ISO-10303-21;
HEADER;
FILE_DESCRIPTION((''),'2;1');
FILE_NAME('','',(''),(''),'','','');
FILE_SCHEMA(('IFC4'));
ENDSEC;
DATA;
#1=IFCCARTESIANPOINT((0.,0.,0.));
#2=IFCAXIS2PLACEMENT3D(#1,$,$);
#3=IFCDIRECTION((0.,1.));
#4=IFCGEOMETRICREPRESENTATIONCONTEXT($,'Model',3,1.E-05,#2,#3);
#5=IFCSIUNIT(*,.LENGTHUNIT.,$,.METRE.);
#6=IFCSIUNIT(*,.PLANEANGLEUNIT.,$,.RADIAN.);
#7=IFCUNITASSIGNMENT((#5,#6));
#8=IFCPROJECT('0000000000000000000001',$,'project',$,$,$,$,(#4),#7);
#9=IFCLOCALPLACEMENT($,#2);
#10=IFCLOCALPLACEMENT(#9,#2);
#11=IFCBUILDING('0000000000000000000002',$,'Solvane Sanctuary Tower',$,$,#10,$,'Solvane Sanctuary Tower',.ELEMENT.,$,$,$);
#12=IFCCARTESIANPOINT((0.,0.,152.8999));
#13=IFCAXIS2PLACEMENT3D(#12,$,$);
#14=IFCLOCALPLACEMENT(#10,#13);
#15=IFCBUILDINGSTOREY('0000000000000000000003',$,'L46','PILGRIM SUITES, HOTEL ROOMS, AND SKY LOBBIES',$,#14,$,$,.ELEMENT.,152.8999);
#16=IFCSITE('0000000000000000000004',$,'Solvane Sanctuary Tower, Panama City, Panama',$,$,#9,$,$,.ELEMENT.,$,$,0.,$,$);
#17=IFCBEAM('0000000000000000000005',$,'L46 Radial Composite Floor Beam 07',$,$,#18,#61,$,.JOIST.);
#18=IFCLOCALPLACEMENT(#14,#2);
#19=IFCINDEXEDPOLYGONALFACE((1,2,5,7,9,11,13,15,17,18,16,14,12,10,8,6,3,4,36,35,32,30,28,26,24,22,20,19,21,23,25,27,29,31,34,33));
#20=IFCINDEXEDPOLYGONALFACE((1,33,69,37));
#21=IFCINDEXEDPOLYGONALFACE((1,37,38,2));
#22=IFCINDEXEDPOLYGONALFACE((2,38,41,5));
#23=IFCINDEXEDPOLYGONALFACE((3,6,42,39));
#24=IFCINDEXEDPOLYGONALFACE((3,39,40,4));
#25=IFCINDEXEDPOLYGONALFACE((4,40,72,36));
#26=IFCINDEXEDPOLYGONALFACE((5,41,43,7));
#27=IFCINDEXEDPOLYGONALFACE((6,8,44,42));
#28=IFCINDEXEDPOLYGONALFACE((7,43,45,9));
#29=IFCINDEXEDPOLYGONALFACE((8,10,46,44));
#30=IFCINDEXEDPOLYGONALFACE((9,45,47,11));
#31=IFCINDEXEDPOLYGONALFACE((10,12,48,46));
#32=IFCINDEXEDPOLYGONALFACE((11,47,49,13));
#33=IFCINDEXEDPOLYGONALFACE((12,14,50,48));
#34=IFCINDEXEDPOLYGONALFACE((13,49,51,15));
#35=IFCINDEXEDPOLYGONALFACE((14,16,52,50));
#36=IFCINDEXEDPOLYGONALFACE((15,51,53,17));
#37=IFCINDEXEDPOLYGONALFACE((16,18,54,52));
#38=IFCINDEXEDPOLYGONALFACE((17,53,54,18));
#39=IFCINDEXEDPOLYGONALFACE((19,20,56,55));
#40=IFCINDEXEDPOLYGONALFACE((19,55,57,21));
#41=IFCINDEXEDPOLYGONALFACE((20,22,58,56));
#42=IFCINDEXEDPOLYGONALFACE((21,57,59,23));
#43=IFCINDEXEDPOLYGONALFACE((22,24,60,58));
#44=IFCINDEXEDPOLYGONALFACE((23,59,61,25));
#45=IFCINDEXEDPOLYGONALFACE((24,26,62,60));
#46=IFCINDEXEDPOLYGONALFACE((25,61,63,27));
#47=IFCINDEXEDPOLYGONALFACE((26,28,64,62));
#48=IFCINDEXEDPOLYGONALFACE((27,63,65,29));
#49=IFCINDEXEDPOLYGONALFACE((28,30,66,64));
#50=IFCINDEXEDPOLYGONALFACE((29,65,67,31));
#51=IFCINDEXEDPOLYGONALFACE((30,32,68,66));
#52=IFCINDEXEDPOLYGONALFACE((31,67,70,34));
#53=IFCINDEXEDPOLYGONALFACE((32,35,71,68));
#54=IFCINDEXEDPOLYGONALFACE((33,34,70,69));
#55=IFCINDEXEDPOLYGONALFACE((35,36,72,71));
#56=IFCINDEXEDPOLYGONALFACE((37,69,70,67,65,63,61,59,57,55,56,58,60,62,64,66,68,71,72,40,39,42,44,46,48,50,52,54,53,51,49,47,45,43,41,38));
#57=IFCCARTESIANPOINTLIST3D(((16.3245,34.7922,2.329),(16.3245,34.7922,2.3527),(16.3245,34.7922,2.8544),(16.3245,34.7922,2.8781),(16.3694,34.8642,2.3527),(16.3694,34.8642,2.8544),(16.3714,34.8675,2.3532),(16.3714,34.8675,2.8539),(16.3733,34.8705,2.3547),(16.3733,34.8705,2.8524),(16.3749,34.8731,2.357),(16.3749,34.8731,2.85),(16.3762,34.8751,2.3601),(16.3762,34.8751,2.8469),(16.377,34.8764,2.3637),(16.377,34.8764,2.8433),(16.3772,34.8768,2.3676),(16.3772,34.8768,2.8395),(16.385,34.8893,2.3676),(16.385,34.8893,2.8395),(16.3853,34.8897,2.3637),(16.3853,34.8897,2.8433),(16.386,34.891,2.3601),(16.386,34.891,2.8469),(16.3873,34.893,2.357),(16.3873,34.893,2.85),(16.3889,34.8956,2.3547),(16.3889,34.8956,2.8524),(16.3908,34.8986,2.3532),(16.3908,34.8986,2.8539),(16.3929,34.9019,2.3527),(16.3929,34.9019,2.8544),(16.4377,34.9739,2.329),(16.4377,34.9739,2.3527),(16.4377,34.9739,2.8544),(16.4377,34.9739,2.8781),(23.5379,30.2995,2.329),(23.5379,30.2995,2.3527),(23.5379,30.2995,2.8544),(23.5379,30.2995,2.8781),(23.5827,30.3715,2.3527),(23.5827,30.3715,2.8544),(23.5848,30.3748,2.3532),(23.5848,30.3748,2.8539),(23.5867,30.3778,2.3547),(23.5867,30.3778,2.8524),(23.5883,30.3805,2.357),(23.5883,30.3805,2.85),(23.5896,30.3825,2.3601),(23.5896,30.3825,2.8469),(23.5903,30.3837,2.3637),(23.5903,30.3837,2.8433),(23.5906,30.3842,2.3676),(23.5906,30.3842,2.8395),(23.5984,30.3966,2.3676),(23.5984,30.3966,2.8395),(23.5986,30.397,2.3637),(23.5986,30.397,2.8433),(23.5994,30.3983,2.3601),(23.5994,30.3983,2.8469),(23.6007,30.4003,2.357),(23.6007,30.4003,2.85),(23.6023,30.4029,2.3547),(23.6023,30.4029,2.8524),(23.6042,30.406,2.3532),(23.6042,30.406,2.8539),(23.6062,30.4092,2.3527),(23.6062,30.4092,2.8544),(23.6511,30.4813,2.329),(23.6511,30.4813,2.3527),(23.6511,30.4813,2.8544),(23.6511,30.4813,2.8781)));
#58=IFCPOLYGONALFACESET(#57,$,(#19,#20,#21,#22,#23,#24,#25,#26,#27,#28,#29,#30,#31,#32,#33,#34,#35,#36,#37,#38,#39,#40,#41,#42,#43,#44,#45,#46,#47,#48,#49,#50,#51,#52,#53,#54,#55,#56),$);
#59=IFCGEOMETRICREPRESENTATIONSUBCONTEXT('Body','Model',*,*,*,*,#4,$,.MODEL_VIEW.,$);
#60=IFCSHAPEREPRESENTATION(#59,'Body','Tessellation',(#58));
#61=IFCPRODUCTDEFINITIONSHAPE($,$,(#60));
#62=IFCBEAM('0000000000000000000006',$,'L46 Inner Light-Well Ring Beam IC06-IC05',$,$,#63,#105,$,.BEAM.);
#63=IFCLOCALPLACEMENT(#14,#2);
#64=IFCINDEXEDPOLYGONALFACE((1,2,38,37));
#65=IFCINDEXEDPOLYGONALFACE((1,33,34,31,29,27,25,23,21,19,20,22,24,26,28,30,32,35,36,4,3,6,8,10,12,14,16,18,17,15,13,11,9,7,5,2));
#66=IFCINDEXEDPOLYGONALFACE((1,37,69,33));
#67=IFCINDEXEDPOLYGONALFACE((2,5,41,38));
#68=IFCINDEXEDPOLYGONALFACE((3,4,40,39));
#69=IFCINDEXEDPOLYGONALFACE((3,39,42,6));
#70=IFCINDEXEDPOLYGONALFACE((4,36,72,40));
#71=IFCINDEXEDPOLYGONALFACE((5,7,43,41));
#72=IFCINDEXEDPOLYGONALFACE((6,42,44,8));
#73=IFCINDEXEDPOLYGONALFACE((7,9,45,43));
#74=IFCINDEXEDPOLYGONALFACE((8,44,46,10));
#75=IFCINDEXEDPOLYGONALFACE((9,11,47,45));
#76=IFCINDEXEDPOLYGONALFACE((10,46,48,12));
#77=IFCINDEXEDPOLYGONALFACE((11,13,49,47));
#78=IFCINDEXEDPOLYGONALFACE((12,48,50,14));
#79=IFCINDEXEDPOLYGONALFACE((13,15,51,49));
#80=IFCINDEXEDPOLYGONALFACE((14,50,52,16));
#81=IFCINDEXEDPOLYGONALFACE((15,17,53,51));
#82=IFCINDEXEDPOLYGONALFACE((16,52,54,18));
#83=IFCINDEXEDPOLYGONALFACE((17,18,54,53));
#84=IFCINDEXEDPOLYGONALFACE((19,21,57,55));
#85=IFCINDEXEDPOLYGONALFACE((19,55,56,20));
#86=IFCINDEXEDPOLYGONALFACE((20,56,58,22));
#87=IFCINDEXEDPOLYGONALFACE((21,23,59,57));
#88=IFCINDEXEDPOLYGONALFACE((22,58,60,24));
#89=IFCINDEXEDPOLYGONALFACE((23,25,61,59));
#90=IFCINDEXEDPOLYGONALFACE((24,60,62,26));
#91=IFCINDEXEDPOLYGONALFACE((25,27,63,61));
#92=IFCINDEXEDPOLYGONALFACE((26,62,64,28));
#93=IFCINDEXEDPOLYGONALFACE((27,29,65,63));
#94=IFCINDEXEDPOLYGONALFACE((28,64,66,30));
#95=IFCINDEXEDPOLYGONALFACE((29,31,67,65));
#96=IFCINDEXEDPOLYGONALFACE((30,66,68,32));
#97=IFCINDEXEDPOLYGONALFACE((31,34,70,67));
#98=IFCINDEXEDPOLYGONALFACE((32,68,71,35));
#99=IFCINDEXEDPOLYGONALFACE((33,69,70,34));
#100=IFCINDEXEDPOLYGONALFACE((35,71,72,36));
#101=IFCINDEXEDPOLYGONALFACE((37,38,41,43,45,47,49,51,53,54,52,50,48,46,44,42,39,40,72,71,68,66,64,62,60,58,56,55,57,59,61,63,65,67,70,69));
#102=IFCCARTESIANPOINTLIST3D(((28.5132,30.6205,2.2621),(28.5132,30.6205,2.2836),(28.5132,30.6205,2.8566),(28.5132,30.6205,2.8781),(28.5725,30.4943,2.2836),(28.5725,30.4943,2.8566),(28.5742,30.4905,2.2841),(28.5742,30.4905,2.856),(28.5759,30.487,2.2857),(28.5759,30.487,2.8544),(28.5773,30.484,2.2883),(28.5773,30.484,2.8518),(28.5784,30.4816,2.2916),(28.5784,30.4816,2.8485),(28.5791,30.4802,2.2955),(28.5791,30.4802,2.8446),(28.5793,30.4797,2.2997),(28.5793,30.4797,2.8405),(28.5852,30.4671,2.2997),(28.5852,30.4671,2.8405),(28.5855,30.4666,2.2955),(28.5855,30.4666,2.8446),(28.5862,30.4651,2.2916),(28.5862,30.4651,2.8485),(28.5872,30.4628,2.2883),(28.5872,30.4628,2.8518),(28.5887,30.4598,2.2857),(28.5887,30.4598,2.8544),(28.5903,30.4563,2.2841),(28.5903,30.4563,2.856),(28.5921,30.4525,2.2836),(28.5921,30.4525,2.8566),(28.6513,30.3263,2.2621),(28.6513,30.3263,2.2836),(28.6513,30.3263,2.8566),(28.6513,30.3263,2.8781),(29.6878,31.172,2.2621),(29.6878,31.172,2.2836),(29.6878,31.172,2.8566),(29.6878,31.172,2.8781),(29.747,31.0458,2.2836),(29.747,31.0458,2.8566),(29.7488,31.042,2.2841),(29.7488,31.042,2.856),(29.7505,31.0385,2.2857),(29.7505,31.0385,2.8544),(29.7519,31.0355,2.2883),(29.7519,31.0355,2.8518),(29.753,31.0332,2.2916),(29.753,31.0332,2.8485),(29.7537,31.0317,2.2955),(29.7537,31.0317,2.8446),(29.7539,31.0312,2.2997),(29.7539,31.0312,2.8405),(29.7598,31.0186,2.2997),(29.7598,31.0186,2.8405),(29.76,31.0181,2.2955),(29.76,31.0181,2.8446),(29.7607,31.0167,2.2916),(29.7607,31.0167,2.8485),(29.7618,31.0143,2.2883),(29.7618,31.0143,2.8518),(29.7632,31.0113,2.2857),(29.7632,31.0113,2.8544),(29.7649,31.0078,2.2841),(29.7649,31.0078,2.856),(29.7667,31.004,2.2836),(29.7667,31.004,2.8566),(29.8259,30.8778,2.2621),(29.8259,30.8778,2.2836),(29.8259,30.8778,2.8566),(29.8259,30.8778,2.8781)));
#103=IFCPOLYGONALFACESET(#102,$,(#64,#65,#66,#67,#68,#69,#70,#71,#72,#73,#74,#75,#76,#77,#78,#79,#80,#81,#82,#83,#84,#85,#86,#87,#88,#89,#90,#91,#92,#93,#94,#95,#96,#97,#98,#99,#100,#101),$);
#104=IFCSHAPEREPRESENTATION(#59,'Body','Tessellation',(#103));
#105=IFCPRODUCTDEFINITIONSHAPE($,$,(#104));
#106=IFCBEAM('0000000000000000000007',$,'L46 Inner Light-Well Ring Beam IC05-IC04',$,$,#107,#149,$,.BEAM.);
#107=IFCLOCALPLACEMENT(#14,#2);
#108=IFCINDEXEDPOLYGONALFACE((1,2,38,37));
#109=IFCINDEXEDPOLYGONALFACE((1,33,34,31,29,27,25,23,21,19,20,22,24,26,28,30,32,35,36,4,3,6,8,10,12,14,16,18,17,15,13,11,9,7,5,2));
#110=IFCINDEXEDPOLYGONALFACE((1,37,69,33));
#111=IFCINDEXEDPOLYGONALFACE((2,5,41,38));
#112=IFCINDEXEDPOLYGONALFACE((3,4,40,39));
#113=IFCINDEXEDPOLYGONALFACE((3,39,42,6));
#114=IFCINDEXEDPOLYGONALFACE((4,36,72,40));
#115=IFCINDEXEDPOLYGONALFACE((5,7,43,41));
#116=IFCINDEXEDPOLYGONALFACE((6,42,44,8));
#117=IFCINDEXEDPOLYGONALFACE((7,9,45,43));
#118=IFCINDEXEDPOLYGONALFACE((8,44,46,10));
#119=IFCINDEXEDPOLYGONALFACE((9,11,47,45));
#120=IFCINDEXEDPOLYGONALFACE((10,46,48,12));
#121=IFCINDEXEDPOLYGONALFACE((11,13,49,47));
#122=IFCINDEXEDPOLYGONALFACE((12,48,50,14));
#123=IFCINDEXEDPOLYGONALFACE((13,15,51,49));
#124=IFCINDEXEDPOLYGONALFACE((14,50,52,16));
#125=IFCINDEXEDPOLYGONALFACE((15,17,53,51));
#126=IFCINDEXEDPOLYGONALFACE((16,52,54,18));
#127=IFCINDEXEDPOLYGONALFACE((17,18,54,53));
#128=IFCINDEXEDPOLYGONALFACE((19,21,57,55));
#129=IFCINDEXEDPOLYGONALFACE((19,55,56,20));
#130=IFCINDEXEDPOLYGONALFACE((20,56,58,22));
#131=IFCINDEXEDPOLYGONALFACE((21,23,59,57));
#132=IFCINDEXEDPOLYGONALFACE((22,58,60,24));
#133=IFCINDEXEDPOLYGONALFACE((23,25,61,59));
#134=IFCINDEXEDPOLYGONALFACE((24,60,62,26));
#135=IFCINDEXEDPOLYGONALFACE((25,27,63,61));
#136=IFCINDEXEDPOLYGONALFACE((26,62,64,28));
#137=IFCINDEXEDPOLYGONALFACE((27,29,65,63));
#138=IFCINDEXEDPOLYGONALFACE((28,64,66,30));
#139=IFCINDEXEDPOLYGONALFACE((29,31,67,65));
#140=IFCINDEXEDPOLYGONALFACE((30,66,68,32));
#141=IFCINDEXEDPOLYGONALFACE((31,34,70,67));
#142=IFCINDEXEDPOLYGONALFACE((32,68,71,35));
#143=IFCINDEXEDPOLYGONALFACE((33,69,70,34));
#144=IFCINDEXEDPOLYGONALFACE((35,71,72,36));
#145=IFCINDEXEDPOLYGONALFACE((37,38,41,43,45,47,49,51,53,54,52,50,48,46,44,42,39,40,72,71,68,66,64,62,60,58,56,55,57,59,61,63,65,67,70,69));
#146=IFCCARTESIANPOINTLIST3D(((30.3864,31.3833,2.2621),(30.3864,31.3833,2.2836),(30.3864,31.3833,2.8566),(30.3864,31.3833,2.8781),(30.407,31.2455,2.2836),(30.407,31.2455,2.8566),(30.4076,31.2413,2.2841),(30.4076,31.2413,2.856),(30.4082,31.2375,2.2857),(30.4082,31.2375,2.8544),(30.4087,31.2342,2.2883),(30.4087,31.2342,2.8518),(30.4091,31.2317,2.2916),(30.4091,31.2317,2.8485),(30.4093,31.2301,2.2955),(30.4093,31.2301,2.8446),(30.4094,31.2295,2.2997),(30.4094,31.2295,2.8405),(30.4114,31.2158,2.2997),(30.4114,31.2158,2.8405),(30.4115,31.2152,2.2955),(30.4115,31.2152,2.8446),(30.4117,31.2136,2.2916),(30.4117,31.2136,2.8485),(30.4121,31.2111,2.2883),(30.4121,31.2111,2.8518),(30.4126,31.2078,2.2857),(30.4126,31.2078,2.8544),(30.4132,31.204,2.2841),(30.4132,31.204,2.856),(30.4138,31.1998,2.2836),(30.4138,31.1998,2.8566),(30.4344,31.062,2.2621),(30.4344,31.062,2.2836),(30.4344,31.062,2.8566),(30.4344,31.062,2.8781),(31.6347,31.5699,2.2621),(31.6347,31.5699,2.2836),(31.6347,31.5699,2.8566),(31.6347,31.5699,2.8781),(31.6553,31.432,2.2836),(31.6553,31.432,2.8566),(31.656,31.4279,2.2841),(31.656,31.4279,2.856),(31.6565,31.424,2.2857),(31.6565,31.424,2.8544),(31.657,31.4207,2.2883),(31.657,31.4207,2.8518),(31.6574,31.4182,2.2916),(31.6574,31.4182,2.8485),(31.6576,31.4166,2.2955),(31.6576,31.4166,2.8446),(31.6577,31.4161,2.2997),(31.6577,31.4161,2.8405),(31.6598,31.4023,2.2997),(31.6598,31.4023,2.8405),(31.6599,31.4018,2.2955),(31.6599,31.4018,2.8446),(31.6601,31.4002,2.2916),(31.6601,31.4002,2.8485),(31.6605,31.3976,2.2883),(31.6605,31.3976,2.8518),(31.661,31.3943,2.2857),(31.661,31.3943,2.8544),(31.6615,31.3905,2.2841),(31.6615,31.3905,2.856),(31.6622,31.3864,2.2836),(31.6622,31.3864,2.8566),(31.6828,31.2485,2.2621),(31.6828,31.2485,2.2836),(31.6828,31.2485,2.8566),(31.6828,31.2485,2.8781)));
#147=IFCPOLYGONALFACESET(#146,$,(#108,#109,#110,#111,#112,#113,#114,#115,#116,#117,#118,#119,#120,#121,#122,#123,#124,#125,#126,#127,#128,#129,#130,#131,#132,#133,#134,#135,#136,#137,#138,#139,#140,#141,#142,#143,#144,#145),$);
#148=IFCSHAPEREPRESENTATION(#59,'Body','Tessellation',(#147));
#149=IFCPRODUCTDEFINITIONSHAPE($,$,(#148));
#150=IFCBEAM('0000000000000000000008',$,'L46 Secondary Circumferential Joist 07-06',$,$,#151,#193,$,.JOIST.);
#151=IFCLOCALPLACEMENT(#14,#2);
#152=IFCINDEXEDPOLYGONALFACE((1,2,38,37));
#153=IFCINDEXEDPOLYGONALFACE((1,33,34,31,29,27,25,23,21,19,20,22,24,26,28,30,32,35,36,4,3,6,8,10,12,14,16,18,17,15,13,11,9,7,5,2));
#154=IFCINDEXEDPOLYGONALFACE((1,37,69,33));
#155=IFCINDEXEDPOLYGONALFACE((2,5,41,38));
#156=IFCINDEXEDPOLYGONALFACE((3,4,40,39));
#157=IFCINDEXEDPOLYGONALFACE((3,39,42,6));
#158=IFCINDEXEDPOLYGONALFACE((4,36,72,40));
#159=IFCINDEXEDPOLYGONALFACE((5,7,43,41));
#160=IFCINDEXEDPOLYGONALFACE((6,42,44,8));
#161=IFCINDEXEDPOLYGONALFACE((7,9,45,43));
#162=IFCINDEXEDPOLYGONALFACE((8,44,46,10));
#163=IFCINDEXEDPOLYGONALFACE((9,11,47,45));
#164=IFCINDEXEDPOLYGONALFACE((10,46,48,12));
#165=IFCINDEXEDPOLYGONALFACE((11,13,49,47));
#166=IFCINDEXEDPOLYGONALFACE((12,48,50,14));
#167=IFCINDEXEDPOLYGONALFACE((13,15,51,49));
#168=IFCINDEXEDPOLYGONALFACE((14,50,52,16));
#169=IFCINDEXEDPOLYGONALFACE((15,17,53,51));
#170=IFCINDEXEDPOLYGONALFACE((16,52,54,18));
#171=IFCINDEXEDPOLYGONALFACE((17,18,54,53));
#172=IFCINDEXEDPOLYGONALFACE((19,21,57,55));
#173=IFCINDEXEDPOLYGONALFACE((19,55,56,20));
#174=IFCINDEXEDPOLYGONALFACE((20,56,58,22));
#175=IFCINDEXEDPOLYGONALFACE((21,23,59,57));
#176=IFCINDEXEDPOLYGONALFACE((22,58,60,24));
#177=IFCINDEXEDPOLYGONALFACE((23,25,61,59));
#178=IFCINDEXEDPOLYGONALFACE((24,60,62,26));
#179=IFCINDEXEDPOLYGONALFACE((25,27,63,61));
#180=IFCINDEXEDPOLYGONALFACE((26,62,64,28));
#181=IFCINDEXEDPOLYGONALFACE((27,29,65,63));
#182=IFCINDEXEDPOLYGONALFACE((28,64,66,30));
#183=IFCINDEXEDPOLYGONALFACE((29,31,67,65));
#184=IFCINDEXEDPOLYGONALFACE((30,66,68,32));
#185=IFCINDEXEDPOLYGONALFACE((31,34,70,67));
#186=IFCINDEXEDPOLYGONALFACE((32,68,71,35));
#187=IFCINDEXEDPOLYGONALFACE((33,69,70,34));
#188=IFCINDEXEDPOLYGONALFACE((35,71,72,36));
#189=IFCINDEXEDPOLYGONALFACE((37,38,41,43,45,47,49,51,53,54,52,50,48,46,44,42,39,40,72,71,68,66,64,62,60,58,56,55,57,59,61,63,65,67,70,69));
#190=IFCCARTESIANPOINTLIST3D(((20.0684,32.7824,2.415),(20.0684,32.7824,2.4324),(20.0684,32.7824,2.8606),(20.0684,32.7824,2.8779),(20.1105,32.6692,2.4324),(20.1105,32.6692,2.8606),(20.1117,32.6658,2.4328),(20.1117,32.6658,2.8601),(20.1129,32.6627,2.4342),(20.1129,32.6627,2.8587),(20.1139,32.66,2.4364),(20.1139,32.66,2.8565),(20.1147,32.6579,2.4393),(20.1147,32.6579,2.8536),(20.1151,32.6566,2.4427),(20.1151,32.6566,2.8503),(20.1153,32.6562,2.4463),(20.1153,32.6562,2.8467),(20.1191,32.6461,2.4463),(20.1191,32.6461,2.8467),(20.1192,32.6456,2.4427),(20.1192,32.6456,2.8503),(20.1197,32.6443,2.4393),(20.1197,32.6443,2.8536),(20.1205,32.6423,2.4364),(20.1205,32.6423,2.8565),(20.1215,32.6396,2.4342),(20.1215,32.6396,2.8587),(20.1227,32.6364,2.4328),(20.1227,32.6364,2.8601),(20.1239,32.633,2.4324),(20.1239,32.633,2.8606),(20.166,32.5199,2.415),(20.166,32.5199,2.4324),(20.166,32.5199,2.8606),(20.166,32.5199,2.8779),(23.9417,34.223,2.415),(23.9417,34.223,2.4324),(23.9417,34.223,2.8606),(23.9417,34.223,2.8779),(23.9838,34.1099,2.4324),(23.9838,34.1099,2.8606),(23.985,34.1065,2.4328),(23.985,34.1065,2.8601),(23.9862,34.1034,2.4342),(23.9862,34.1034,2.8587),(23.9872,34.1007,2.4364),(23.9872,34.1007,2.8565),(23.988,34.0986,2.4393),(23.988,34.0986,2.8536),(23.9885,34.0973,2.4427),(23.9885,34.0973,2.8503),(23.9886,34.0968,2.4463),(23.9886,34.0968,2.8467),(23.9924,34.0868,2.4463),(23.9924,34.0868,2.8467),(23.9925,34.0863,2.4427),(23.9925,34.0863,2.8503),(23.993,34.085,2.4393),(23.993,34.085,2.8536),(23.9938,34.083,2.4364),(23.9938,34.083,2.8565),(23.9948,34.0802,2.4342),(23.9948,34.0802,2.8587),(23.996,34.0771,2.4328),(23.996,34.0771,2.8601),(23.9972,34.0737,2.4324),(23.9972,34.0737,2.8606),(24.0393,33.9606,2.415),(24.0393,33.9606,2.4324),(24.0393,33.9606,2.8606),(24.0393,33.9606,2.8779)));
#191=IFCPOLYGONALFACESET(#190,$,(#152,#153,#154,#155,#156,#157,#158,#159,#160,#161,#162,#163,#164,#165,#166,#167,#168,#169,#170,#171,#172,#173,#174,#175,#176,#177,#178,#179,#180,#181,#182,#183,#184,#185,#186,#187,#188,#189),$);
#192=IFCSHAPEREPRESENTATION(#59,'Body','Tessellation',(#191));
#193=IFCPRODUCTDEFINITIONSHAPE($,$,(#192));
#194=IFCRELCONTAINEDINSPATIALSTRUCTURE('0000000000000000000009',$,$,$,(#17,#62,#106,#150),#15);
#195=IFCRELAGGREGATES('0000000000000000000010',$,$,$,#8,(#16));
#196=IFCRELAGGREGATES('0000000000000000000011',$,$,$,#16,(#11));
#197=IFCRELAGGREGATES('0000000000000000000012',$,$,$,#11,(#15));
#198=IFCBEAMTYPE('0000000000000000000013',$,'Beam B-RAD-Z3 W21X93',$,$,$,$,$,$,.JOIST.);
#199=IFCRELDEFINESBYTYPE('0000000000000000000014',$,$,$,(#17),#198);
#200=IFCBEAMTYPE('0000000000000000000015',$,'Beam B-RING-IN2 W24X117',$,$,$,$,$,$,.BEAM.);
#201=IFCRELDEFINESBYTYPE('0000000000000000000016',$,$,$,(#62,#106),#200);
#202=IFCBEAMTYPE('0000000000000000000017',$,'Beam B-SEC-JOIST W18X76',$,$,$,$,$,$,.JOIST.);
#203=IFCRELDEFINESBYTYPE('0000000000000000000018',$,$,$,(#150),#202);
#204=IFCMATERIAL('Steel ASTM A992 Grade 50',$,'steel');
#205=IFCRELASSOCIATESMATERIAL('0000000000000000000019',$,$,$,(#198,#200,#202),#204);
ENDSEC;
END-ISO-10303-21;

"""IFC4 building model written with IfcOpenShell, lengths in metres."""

from ifc_helpers import new_model, si_unit, direction, frame, origin, origin_2d, place, context, subcontext, project, spatial, i_section, extrude, material, material_profile, profile_set, type_object, element, save


model = new_model("IFC4")

# Units and contexts
model_context = context("Model", 3, precision=1e-05, world=origin(), true_north=direction((0.0, 1.0)))
body_context = subcontext(model_context, "Body", "Model", "MODEL_VIEW")
ifc_project = project(units=[si_unit("LENGTHUNIT", "METRE"), si_unit("PLANEANGLEUNIT", "RADIAN")], contexts=[model_context])

# Site, building, storey
site_placement = place(None, origin())
site = spatial("IfcSite", under=ifc_project, at=site_placement, Name="Solvane Sanctuary Tower, Panama City, Panama", CompositionType="ELEMENT", RefElevation=0.0)
building_placement = place(site_placement, origin())
building = spatial("IfcBuilding", under=site, at=building_placement, Name="Solvane Sanctuary Tower", LongName="Solvane Sanctuary Tower", CompositionType="ELEMENT")
storey_placement = place(building_placement, frame((0.0, 0.0, 152.8999)))
storey = spatial("IfcBuildingStorey", under=building, at=storey_placement, Name="L46", Description="PILGRIM SUITES, HOTEL ROOMS, AND SKY LOBBIES", CompositionType="ELEMENT", Elevation=152.8999)

# Beams
ifc_material_1 = material(Name="Steel ASTM A992 Grade 50", Category="steel")
ifc_material_profile_1 = material_profile(ifc_material_1, i_section(OverallWidth=0.2141, OverallDepth=0.5491, WebThickness=0.0146, FlangeThickness=0.0237, FilletRadius=0.0149, at=origin_2d()), Name="W21X93")
ifc_profile_set_1 = profile_set([ifc_material_profile_1], Name="Steel ASTM A992 Grade 50")
beam_type_1 = type_object("IfcBeamType", Name="Beam B-RAD-Z3 W21X93", PredefinedType="JOIST", material=ifc_profile_set_1)
beam_1_placement = place(storey_placement, frame((23.5945, 30.3904, 2.6035), z_axis=(-0.848827, 0.528671, 0.0), x_axis=(-0.528671, -0.848827, 0.0)))
element("IfcBeam", 1, at=beam_1_placement, inside=storey, type_object=beam_type_1, Name="L46 Radial Composite Floor Beam 07", PredefinedType="JOIST", context=body_context, shape_type="SweptSolid", body=[
    extrude(i_section(OverallWidth=0.2141, OverallDepth=0.5491, WebThickness=0.0146, FlangeThickness=0.0237, FilletRadius=0.0149, at=origin_2d()), origin(), (0.0, 0.0, 1.0), 8.498),
])
ifc_material_profile_2 = material_profile(ifc_material_1, i_section(OverallWidth=0.325, OverallDepth=0.616, WebThickness=0.0139, FlangeThickness=0.0215, FilletRadius=0.0161, at=origin_2d()), Name="W24X117")
ifc_profile_set_2 = profile_set([ifc_material_profile_2], Name="Steel ASTM A992 Grade 50")
beam_type_2 = type_object("IfcBeamType", Name="Beam B-RING-IN2 W24X117", PredefinedType="BEAM", material=ifc_profile_set_2)
beam_2_placement = place(storey_placement, frame((28.5823, 30.4734, 2.5701), z_axis=(0.905181, 0.425027, 0.0), x_axis=(-0.425027, 0.905181, 0.0)))
element("IfcBeam", 2, at=beam_2_placement, inside=storey, type_object=beam_type_2, Name="L46 Inner Light-Well Ring Beam IC06-IC05", PredefinedType="BEAM", context=body_context, shape_type="SweptSolid", body=[
    extrude(i_section(OverallWidth=0.325, OverallDepth=0.616, WebThickness=0.0139, FlangeThickness=0.0215, FilletRadius=0.0161, at=origin_2d()), origin(), (0.0, 0.0, 1.0), 1.2976),
])
beam_3_placement = place(storey_placement, frame((30.4104, 31.2227, 2.5701), z_axis=(0.98902, 0.147782, 0.0), x_axis=(-0.147782, 0.98902, 0.0)))
element("IfcBeam", 3, at=beam_3_placement, inside=storey, type_object=beam_type_2, Name="L46 Inner Light-Well Ring Beam IC05-IC04", PredefinedType="BEAM", context=body_context, shape_type="SweptSolid", body=[
    extrude(i_section(OverallWidth=0.325, OverallDepth=0.616, WebThickness=0.0139, FlangeThickness=0.0215, FilletRadius=0.0161, at=origin_2d()), origin(), (0.0, 0.0, 1.0), 1.2622),
])
ifc_material_profile_3 = material_profile(ifc_material_1, i_section(OverallWidth=0.28, OverallDepth=0.4629, WebThickness=0.0107, FlangeThickness=0.0173, FilletRadius=0.0139, at=origin_2d()), Name="W18X76")
ifc_profile_set_3 = profile_set([ifc_material_profile_3], Name="Steel ASTM A992 Grade 50")
beam_type_3 = type_object("IfcBeamType", Name="Beam B-SEC-JOIST W18X76", PredefinedType="JOIST", material=ifc_profile_set_3)
beam_4_placement = place(storey_placement, frame((20.1172, 32.6511, 2.6465), z_axis=(0.937265, 0.348617, 0.0), x_axis=(-0.348617, 0.937265, 0.0)))
element("IfcBeam", 4, at=beam_4_placement, inside=storey, type_object=beam_type_3, Name="L46 Secondary Circumferential Joist 07-06", PredefinedType="JOIST", context=body_context, shape_type="SweptSolid", body=[
    extrude(i_section(OverallWidth=0.28, OverallDepth=0.4629, WebThickness=0.0107, FlangeThickness=0.0173, FilletRadius=0.0139, at=origin_2d()), origin(), (0.0, 0.0, 1.0), 4.1326),
])

save(model, "model.ifc")
